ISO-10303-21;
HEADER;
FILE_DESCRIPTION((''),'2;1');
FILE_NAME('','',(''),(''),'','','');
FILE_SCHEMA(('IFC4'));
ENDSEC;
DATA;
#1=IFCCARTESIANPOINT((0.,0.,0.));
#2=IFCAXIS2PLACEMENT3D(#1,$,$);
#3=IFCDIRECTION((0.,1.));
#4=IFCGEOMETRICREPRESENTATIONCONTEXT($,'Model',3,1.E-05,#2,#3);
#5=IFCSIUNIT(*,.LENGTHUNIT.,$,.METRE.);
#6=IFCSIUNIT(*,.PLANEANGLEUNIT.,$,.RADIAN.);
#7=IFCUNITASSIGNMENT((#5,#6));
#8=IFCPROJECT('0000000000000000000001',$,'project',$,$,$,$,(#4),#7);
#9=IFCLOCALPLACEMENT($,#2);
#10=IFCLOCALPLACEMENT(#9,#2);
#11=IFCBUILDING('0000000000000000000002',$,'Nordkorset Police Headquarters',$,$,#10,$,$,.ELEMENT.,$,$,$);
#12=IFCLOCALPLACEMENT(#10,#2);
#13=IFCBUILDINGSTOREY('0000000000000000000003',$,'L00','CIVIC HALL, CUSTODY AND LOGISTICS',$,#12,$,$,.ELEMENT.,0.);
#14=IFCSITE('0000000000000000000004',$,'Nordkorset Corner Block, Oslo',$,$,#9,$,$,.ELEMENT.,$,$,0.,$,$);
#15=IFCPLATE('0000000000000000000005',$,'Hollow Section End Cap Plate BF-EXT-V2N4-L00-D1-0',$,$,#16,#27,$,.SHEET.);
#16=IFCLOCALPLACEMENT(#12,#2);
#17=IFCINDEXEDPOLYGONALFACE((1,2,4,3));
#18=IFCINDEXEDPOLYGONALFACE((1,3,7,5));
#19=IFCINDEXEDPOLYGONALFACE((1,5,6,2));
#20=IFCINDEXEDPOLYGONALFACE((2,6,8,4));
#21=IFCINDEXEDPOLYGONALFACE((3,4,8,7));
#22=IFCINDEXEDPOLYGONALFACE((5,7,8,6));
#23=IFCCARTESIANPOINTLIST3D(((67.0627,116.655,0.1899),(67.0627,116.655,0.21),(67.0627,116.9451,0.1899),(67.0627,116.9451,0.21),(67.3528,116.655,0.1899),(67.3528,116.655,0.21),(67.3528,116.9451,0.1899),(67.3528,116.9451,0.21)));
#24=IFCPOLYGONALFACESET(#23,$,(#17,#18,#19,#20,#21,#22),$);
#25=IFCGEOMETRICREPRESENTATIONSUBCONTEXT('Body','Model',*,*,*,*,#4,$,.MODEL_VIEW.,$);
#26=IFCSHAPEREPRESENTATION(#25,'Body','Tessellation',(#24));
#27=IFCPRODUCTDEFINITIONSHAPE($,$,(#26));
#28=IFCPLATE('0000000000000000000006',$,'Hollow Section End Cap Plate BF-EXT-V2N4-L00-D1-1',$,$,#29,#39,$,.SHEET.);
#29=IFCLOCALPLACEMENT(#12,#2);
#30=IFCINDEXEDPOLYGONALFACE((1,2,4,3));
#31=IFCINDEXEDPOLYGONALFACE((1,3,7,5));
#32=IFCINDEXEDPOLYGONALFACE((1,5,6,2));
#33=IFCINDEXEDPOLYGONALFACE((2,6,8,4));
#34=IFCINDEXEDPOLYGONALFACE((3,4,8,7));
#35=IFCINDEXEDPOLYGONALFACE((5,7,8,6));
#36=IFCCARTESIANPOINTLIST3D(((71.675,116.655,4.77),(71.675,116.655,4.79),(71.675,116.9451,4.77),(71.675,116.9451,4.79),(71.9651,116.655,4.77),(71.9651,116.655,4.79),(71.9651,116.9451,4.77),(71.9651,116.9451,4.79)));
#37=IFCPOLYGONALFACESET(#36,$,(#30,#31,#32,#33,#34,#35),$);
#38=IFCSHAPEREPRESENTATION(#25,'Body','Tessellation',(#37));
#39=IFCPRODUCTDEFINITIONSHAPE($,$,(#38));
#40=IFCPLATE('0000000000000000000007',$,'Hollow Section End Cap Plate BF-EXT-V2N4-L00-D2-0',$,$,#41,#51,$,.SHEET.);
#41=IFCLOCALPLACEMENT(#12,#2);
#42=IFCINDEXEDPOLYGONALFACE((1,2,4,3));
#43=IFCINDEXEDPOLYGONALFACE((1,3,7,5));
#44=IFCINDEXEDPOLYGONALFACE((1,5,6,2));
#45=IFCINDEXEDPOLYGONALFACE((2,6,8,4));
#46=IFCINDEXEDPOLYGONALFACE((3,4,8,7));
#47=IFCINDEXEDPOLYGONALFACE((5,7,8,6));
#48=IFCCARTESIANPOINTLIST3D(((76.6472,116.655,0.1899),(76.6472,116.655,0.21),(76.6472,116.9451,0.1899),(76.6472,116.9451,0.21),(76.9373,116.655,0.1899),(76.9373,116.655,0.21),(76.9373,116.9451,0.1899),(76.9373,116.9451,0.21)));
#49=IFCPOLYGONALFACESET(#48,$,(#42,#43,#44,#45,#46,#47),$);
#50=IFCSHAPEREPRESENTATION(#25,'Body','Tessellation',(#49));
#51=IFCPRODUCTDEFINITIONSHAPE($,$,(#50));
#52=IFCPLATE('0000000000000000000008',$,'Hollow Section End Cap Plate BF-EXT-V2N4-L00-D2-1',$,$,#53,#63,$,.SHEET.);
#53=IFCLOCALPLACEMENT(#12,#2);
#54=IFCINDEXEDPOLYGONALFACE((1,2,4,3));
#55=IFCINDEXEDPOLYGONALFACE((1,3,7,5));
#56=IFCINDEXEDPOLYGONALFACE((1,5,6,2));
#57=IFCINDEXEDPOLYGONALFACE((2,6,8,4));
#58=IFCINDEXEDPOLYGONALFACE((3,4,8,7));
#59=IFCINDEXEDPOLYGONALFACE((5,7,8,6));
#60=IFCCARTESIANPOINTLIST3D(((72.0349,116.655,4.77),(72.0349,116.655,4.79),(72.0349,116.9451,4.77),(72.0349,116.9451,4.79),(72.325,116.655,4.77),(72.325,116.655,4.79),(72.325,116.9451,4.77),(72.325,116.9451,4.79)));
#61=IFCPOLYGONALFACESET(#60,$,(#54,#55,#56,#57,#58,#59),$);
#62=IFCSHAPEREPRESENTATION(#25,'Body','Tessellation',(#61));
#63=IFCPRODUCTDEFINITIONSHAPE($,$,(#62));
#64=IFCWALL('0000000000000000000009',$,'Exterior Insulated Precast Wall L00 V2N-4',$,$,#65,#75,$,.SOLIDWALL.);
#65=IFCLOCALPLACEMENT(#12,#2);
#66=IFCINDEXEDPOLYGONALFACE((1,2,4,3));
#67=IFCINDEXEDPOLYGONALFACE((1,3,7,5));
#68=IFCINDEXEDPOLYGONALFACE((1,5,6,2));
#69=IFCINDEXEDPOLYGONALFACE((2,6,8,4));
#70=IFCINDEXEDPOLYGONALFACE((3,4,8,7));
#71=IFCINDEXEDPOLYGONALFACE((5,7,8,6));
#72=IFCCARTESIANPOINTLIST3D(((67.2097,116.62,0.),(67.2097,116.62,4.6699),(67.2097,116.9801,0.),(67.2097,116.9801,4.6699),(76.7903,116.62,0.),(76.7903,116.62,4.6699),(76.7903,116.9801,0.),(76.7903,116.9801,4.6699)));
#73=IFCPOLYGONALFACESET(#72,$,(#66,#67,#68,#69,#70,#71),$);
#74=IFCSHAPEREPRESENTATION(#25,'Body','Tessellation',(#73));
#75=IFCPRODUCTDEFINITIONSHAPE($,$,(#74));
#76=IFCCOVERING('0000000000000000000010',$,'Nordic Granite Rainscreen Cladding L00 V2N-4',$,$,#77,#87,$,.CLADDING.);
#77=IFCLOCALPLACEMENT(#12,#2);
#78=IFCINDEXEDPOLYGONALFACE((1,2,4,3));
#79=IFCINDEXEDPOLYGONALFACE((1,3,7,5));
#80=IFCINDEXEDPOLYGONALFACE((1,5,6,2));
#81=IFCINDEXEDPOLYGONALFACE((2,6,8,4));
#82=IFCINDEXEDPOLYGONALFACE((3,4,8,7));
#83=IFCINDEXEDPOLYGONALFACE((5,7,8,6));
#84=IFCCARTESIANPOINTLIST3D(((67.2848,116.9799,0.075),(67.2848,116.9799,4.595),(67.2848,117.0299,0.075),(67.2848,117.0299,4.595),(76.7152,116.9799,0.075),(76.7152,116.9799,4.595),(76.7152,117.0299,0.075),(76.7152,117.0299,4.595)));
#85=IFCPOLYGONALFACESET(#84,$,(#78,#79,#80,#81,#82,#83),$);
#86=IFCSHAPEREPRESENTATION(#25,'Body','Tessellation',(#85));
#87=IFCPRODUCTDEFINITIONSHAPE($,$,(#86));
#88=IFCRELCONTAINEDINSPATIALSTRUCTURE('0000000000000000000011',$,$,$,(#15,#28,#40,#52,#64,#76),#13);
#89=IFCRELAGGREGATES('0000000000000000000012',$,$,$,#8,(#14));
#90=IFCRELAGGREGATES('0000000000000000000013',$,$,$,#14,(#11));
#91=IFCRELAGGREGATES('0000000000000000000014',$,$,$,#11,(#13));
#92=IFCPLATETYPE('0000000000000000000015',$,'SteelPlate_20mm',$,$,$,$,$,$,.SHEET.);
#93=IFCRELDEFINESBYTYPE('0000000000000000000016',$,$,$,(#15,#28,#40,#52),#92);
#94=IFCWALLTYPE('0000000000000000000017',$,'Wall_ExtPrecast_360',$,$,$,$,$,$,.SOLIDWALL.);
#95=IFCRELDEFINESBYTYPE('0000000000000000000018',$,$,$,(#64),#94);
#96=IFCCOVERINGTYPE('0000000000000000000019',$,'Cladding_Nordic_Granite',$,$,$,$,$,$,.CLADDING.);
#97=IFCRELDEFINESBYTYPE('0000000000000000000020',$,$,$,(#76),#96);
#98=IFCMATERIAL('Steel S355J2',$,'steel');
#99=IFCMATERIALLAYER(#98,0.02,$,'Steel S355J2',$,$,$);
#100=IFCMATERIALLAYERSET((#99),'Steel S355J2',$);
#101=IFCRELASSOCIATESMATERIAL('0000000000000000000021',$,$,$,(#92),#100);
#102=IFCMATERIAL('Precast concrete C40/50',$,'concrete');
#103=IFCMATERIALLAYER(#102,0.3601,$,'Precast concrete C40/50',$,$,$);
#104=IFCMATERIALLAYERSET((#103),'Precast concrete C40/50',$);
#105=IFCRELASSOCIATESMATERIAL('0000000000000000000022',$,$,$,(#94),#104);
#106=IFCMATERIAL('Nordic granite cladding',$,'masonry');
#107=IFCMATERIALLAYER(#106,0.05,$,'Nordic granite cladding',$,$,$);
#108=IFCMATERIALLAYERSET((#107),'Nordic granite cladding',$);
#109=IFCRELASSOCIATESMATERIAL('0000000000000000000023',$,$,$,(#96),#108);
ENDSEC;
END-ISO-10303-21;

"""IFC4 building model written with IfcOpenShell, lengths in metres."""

from ifc_helpers import new_model, si_unit, direction, frame, frame_2d, origin, origin_2d, place, context, subcontext, project, spatial, rectangle, extrude, material, layer, layer_set, type_object, element, save


model = new_model("IFC4")

# Units and contexts
model_context = context("Model", 3, precision=1e-05, world=origin(), true_north=direction((0.0, 1.0)))
body_context = subcontext(model_context, "Body", "Model", "MODEL_VIEW")
ifc_project = project(units=[si_unit("LENGTHUNIT", "METRE"), si_unit("PLANEANGLEUNIT", "RADIAN")], contexts=[model_context])

# Site, building, storey
site_placement = place(None, origin())
site = spatial("IfcSite", under=ifc_project, at=site_placement, Name="Nordkorset Corner Block, Oslo", CompositionType="ELEMENT", RefElevation=0.0)
building_placement = place(site_placement, origin())
building = spatial("IfcBuilding", under=site, at=building_placement, Name="Nordkorset Police Headquarters", CompositionType="ELEMENT")
storey_placement = place(building_placement, origin())
storey = spatial("IfcBuildingStorey", under=building, at=storey_placement, Name="L00", Description="CIVIC HALL, CUSTODY AND LOGISTICS", CompositionType="ELEMENT", Elevation=0.0)

# Plates
ifc_material_1 = material(Name="Steel S355J2", Category="steel")
ifc_layer_1 = layer(ifc_material_1, 0.02, Name="Steel S355J2")
ifc_layer_set_1 = layer_set([ifc_layer_1], Name="Steel S355J2")
plate_type_1 = type_object("IfcPlateType", Name="SteelPlate_20mm", PredefinedType="SHEET", material=ifc_layer_set_1)
for number, where, z_axis, x_axis, name in (
    (1, (67.2078, 116.8, 0.1899), (0.0, 0.0, 1.0), (1.0, 0.0, 0.0), "Hollow Section End Cap Plate BF-EXT-V2N4-L00-D1-0"),
    (2, (71.8201, 116.8, 4.77), (0.0, 0.0, 1.0), (1.0, 0.0, 0.0), "Hollow Section End Cap Plate BF-EXT-V2N4-L00-D1-1"),
    (3, (76.7922, 116.8, 0.1899), (0.0, 0.0, 1.0), (1.0, 0.0, 0.0), "Hollow Section End Cap Plate BF-EXT-V2N4-L00-D2-0"),
    (4, (72.1799, 116.8, 4.77), (0.0, 0.0, 1.0), (1.0, 0.0, 0.0), "Hollow Section End Cap Plate BF-EXT-V2N4-L00-D2-1"),
):
    element("IfcPlate", number, at=place(storey_placement, frame(where, z_axis=z_axis, x_axis=x_axis)), inside=storey, type_object=plate_type_1, Name=name, PredefinedType="SHEET", context=body_context, shape_type="SweptSolid", body=[
        extrude(rectangle(XDim=0.29, YDim=0.29, at=origin_2d()), origin(), (0.0, 0.0, 1.0), 0.02),
    ])

# Wall
ifc_material_2 = material(Name="Precast concrete C40/50", Category="concrete")
ifc_layer_2 = layer(ifc_material_2, 0.3601, Name="Precast concrete C40/50")
ifc_layer_set_2 = layer_set([ifc_layer_2], Name="Precast concrete C40/50")
wall_type = type_object("IfcWallType", Name="Wall_ExtPrecast_360", PredefinedType="SOLIDWALL", material=ifc_layer_set_2)
wall_placement = place(storey_placement, frame((67.2097, 116.8, 0.0), z_axis=(0.0, 0.0, 1.0), x_axis=(1.0, 0.0, 0.0)))
element("IfcWall", 5, at=wall_placement, inside=storey, type_object=wall_type, Name="Exterior Insulated Precast Wall L00 V2N-4", PredefinedType="SOLIDWALL", context=body_context, shape_type="SweptSolid", body=[
    extrude(rectangle(XDim=9.5806, YDim=0.3601, at=frame_2d((4.7903, 0.0))), origin(), (0.0, 0.0, 1.0), 4.6699),
])

# Covering
ifc_material_3 = material(Name="Nordic granite cladding", Category="masonry")
ifc_layer_3 = layer(ifc_material_3, 0.05, Name="Nordic granite cladding")
ifc_layer_set_3 = layer_set([ifc_layer_3], Name="Nordic granite cladding")
covering_type = type_object("IfcCoveringType", Name="Cladding_Nordic_Granite", PredefinedType="CLADDING", material=ifc_layer_set_3)
covering_placement = place(storey_placement, frame((72.0, 117.0049, 0.075), z_axis=(0.0, 0.0, 1.0), x_axis=(1.0, 0.0, 0.0)))
element("IfcCovering", 6, at=covering_placement, inside=storey, type_object=covering_type, Name="Nordic Granite Rainscreen Cladding L00 V2N-4", PredefinedType="CLADDING", context=body_context, shape_type="SweptSolid", body=[
    extrude(rectangle(XDim=9.4304, YDim=0.05, at=origin_2d()), origin(), (0.0, 0.0, 1.0), 4.52),
])

save(model, "model.ifc")
